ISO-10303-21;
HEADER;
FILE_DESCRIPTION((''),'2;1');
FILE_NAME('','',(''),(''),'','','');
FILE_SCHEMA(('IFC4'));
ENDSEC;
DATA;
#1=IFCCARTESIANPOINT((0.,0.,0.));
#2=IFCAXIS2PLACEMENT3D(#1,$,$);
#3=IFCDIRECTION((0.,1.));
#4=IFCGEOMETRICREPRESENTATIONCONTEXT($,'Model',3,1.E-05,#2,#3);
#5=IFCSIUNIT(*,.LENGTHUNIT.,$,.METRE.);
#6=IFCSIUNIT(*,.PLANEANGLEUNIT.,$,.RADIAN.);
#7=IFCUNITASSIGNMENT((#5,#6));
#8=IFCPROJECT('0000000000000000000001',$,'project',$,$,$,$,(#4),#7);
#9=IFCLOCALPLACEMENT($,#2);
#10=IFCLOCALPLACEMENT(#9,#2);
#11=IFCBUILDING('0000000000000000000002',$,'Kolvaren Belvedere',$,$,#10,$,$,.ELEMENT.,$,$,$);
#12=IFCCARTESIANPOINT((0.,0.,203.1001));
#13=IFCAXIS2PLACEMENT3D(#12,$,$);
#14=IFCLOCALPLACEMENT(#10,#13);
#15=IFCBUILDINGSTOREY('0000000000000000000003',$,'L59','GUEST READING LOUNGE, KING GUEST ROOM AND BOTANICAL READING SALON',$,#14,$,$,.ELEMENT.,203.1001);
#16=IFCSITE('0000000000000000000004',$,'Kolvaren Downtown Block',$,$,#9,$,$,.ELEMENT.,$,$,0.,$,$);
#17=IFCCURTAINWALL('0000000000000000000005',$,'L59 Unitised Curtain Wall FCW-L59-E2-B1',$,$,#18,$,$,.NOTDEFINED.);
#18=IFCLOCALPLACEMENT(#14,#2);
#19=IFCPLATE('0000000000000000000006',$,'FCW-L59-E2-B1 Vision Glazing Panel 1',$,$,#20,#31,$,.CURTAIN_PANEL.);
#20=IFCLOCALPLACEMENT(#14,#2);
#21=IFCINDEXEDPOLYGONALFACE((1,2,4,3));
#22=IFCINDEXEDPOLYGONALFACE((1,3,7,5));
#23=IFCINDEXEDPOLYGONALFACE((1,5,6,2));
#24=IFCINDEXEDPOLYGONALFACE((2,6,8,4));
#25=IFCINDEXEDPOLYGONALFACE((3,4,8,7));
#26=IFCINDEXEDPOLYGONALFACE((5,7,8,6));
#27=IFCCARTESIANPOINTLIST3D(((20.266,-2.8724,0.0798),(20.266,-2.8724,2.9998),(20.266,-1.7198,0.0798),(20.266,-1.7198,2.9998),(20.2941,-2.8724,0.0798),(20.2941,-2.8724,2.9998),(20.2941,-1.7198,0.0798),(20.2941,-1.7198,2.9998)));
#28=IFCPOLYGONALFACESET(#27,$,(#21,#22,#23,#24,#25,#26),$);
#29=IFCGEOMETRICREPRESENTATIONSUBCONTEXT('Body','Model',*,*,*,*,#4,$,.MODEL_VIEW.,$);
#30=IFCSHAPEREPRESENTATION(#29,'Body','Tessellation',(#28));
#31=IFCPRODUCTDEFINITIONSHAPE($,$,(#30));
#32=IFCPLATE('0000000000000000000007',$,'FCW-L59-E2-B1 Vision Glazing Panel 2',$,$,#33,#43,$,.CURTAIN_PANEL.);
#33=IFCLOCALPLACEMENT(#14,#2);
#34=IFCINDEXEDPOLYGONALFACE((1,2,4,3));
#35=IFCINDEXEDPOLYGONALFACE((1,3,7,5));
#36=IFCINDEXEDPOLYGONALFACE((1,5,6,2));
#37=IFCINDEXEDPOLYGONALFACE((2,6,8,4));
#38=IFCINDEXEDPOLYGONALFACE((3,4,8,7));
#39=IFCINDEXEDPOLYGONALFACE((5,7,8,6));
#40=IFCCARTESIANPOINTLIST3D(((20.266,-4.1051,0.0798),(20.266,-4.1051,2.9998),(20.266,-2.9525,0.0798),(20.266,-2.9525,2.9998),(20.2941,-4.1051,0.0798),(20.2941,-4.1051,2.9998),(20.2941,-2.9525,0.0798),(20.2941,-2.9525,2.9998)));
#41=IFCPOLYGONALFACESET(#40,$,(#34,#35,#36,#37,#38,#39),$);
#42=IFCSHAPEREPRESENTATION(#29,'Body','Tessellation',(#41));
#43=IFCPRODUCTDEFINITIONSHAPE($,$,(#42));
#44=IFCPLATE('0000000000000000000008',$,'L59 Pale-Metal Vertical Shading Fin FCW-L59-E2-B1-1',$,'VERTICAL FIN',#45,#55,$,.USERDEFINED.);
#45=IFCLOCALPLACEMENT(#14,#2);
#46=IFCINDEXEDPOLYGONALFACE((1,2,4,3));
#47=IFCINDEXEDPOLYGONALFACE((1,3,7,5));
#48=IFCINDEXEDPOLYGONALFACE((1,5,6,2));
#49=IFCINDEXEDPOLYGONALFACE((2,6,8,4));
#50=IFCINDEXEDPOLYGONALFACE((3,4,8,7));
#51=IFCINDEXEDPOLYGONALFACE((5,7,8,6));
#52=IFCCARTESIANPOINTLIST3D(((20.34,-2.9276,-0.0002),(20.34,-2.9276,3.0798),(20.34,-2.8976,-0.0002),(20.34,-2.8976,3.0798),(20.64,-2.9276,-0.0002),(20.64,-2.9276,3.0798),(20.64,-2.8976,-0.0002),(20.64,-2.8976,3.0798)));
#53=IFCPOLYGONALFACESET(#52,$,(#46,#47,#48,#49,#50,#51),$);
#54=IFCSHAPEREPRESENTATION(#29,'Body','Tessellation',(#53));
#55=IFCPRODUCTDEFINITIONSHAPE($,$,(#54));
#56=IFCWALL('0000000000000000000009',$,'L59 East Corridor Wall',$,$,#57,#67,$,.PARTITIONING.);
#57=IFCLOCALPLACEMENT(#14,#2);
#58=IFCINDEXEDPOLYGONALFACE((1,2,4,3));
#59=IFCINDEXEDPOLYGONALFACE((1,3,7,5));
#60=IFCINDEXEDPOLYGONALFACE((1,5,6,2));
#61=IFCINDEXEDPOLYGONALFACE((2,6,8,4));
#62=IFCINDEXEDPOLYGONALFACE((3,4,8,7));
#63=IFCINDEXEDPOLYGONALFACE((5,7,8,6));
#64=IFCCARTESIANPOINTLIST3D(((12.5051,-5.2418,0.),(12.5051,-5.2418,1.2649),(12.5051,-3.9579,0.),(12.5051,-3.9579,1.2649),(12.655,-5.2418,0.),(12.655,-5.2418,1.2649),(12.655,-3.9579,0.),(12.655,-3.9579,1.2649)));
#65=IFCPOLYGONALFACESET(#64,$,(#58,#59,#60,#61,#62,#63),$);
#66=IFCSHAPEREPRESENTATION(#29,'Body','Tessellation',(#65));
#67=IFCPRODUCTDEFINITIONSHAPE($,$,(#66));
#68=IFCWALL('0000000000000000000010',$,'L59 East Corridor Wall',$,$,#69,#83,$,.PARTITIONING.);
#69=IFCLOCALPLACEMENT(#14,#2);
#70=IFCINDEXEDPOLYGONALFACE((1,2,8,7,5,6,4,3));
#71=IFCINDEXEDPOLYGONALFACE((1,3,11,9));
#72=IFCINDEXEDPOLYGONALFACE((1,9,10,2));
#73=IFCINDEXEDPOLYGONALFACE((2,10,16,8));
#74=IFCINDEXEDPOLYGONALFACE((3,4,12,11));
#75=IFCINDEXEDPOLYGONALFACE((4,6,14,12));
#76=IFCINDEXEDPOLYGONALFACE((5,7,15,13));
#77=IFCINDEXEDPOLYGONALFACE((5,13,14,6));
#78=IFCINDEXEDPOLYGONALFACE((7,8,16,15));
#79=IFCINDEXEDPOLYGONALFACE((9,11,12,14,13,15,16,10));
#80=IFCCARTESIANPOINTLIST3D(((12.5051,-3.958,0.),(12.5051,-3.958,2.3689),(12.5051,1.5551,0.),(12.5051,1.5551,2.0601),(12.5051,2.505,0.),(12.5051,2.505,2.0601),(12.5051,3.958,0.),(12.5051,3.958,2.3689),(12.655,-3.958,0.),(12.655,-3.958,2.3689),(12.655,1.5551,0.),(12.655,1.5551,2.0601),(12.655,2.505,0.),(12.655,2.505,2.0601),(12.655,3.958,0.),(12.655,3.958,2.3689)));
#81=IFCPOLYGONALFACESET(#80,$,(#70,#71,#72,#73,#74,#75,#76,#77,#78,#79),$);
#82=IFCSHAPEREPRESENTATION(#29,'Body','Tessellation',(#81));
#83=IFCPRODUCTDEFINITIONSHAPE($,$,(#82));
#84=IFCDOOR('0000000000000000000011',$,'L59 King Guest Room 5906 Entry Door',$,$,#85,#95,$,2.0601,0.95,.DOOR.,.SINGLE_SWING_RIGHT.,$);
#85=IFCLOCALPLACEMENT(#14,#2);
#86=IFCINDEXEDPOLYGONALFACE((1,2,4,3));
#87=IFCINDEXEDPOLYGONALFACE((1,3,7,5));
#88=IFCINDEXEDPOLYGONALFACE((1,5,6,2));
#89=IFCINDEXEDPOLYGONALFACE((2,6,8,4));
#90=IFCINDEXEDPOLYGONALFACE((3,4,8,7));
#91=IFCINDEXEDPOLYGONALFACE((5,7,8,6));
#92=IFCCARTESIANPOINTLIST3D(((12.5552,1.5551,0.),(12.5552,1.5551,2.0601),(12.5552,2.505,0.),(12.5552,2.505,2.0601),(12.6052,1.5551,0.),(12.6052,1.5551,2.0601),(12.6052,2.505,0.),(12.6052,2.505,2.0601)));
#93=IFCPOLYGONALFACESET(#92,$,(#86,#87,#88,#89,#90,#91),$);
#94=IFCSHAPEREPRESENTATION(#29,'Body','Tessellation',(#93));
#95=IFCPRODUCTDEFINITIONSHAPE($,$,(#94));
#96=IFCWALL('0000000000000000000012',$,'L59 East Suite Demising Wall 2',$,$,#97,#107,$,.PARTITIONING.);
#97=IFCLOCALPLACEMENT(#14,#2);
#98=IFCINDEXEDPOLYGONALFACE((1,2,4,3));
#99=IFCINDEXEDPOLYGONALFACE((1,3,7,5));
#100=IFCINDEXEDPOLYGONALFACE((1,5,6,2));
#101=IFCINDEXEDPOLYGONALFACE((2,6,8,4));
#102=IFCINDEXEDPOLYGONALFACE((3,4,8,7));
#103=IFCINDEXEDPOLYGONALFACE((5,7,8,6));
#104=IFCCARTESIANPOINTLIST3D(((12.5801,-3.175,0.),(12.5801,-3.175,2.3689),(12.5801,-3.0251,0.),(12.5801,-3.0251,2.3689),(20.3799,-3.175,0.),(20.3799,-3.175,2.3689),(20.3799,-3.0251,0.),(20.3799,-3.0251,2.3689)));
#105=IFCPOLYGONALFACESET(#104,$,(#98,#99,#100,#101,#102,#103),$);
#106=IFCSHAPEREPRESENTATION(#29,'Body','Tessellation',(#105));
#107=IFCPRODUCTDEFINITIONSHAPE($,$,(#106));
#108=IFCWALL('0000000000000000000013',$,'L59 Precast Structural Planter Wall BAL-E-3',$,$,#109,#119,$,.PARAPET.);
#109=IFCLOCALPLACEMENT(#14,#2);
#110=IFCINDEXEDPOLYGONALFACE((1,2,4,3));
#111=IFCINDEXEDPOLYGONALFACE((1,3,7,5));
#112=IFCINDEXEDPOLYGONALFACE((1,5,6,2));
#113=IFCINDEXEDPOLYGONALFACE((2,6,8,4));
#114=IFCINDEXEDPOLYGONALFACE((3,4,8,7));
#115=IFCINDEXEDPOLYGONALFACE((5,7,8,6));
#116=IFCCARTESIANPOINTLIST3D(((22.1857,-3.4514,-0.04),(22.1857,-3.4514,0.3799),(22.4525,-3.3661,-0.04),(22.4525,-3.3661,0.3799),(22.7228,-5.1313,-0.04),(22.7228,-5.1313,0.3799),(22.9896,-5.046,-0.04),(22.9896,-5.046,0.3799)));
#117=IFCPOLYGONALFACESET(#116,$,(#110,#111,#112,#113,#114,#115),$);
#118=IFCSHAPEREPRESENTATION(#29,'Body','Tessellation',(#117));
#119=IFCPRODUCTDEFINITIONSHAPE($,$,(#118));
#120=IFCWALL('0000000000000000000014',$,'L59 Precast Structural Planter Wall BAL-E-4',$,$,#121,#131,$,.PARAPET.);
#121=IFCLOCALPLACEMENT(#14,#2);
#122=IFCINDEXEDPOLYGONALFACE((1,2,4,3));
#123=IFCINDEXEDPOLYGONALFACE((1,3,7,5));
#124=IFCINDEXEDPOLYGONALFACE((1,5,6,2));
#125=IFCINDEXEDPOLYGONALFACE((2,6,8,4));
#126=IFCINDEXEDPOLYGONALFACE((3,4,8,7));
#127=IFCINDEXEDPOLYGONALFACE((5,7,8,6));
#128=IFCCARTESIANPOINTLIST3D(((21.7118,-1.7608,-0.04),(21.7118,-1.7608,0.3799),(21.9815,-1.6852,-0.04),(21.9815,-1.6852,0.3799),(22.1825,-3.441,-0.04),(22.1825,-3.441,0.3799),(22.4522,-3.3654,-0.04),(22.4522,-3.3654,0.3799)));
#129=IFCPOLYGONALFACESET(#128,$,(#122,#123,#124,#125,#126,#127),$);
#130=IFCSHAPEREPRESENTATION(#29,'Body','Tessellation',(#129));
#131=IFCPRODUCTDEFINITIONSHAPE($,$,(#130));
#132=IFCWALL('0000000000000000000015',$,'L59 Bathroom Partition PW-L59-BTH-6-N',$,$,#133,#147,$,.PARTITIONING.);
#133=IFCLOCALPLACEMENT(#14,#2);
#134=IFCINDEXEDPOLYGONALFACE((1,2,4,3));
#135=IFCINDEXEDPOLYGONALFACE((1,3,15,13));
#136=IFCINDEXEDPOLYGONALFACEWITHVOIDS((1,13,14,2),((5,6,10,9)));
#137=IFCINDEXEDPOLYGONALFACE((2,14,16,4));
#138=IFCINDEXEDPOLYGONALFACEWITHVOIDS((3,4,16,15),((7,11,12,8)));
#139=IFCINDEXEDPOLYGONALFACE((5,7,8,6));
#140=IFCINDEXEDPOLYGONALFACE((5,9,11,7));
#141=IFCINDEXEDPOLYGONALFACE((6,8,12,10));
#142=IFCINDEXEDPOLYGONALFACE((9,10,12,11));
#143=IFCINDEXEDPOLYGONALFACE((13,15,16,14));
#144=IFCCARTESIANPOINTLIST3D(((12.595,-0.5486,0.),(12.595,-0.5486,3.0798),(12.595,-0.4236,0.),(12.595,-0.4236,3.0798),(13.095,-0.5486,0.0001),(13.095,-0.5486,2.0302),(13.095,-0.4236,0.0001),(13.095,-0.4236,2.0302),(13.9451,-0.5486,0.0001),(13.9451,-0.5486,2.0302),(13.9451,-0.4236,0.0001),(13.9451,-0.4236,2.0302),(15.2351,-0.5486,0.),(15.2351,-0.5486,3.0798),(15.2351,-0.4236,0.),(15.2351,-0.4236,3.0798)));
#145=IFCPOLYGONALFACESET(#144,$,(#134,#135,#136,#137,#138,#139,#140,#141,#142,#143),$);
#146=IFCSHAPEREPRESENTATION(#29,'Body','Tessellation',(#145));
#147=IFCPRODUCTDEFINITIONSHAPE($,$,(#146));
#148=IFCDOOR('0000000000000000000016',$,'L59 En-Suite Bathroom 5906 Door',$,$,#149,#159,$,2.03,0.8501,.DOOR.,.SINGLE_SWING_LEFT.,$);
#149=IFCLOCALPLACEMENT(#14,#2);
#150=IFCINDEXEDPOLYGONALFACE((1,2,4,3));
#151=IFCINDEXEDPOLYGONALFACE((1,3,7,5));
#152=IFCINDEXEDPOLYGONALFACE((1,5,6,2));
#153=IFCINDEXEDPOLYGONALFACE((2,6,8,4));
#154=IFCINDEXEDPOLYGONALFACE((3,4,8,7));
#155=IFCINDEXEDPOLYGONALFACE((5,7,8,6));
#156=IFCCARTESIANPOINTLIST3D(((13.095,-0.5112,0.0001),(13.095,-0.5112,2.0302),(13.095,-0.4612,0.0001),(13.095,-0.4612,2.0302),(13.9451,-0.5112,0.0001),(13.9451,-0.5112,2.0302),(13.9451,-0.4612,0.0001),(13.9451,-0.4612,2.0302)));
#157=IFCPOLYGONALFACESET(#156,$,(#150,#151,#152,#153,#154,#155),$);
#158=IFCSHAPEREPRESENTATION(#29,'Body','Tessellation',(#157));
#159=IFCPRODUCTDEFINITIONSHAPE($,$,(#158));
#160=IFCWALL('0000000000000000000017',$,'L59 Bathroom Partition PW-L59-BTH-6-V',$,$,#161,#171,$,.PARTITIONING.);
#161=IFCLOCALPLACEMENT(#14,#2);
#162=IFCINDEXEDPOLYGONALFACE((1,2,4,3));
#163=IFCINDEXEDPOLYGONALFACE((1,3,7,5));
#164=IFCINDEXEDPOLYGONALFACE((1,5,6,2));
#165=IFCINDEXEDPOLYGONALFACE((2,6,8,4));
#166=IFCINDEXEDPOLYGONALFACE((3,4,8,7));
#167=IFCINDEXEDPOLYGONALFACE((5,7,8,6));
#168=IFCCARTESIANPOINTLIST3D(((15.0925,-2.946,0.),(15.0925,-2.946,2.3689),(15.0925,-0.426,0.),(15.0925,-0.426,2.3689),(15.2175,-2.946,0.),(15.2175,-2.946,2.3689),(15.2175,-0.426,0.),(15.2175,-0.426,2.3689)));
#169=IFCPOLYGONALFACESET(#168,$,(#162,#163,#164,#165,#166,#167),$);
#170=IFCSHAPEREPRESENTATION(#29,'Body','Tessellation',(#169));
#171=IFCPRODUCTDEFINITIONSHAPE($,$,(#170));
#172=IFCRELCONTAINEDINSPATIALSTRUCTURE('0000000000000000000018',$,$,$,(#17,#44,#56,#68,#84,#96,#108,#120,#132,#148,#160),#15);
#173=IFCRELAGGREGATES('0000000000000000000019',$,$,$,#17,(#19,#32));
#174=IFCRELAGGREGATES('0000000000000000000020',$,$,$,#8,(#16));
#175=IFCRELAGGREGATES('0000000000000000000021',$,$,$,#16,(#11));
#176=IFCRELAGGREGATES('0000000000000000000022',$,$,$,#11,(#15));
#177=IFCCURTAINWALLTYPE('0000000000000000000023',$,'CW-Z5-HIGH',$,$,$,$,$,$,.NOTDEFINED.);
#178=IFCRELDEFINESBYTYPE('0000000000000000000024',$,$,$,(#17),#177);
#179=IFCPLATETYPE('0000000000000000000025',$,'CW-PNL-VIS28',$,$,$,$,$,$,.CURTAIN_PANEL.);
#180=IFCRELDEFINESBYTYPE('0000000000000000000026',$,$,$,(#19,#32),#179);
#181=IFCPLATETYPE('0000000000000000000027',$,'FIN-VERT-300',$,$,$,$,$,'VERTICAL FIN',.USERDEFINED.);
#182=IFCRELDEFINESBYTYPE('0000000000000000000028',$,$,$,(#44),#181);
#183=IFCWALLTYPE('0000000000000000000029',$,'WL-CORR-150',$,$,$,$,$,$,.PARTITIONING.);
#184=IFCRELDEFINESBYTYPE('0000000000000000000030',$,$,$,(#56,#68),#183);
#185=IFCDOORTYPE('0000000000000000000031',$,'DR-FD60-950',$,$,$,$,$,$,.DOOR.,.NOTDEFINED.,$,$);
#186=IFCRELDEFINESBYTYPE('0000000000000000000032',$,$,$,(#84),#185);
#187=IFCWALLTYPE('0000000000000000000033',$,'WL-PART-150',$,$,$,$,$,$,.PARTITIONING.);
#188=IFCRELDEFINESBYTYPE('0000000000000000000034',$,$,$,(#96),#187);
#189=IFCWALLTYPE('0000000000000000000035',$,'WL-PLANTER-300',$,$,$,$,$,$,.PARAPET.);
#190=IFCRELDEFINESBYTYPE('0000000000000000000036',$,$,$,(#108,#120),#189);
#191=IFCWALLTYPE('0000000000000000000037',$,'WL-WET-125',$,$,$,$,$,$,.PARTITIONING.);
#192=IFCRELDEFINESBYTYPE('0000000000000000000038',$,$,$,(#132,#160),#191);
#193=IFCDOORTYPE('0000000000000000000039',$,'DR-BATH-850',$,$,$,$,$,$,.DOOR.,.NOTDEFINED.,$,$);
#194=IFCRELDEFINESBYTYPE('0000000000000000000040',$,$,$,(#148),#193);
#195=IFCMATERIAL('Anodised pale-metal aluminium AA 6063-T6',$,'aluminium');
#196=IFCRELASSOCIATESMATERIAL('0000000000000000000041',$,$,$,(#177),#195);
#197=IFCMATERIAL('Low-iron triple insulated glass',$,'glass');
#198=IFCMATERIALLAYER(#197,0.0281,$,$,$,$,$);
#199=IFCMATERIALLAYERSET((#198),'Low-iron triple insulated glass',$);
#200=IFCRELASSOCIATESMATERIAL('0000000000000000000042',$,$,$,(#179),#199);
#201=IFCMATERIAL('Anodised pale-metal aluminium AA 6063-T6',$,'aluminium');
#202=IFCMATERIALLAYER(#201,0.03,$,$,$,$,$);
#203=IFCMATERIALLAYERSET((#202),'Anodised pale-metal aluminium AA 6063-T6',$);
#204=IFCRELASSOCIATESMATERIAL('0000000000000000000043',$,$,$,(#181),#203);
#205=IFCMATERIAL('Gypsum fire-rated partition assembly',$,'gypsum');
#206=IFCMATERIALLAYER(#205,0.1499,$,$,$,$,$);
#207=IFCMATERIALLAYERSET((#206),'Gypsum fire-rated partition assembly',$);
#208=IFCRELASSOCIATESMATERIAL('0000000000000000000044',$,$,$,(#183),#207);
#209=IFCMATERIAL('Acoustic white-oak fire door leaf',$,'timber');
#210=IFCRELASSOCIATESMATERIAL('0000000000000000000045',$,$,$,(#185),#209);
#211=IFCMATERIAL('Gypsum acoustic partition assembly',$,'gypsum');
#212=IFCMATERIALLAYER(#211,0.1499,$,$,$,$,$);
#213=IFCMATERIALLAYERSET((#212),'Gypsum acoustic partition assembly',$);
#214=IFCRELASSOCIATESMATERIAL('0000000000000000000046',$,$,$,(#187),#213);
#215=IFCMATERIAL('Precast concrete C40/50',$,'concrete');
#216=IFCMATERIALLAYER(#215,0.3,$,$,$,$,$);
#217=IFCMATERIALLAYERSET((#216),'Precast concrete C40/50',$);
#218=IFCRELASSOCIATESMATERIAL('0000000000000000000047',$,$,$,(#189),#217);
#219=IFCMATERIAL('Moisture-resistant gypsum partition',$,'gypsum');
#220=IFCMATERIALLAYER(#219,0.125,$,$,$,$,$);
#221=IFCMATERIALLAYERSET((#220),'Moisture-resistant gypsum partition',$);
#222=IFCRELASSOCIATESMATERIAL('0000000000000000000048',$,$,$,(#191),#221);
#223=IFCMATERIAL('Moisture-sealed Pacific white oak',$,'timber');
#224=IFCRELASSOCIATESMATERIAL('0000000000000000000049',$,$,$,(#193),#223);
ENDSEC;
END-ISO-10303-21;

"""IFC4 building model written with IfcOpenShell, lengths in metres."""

from ifc_helpers import new_model, si_unit, direction, frame, frame_2d, origin, origin_2d, place, context, subcontext, project, spatial, rectangle, extrude, material, layer, layer_set, type_object, element, fill, aggregate, save


model = new_model("IFC4")

# Units and contexts
model_context = context("Model", 3, precision=1e-05, world=origin(), true_north=direction((0.0, 1.0)))
body_context = subcontext(model_context, "Body", "Model", "MODEL_VIEW")
ifc_project = project(units=[si_unit("LENGTHUNIT", "METRE"), si_unit("PLANEANGLEUNIT", "RADIAN")], contexts=[model_context])

# Site, building, storey
site_placement = place(None, origin())
site = spatial("IfcSite", under=ifc_project, at=site_placement, Name="Kolvaren Downtown Block", CompositionType="ELEMENT", RefElevation=0.0)
building_placement = place(site_placement, origin())
building = spatial("IfcBuilding", under=site, at=building_placement, Name="Kolvaren Belvedere", CompositionType="ELEMENT")
storey_placement = place(building_placement, frame((0.0, 0.0, 203.1001)))
storey = spatial("IfcBuildingStorey", under=building, at=storey_placement, Name="L59", Description="GUEST READING LOUNGE, KING GUEST ROOM AND BOTANICAL READING SALON", CompositionType="ELEMENT", Elevation=203.1001)

# Curtain wall
ifc_material_1 = material(Name="Anodised pale-metal aluminium AA 6063-T6", Category="aluminium")
curtain_wall_type = type_object("IfcCurtainWallType", Name="CW-Z5-HIGH", PredefinedType="NOTDEFINED", material=ifc_material_1)
curtain_wall_1_placement = place(storey_placement, origin())
curtain_wall_1 = element("IfcCurtainWall", 1, at=curtain_wall_1_placement, inside=storey, type_object=curtain_wall_type, Name="L59 Unitised Curtain Wall FCW-L59-E2-B1", PredefinedType="NOTDEFINED")

# Plates
ifc_material_2 = material(Name="Low-iron triple insulated glass", Category="glass")
ifc_layer_1 = layer(ifc_material_2, 0.0281)
ifc_layer_set_1 = layer_set([ifc_layer_1], Name="Low-iron triple insulated glass")
plate_type_1 = type_object("IfcPlateType", Name="CW-PNL-VIS28", PredefinedType="CURTAIN_PANEL", material=ifc_layer_set_1)
plate_1_placement = place(storey_placement, frame((20.28, -2.2961, 0.0798), z_axis=(0.0, 0.0, 1.0), x_axis=(0.0, -1.0, 0.0)))
plate_1 = element("IfcPlate", 2, at=plate_1_placement, type_object=plate_type_1, Name="FCW-L59-E2-B1 Vision Glazing Panel 1", PredefinedType="CURTAIN_PANEL", context=body_context, shape_type="SweptSolid", body=[
    extrude(rectangle(XDim=1.1526, YDim=0.0281, at=origin_2d()), origin(), (0.0, 0.0, 1.0), 2.9199),
])
plate_2_placement = place(storey_placement, frame((20.28, -3.5288, 0.0798), z_axis=(0.0, 0.0, 1.0), x_axis=(0.0, -1.0, 0.0)))
plate_2 = element("IfcPlate", 3, at=plate_2_placement, type_object=plate_type_1, Name="FCW-L59-E2-B1 Vision Glazing Panel 2", PredefinedType="CURTAIN_PANEL", context=body_context, shape_type="SweptSolid", body=[
    extrude(rectangle(XDim=1.1526, YDim=0.0281, at=origin_2d()), origin(), (0.0, 0.0, 1.0), 2.9199),
])
aggregate(curtain_wall_1, [plate_1, plate_2])
ifc_material_3 = material(Name="Anodised pale-metal aluminium AA 6063-T6", Category="aluminium")
ifc_layer_2 = layer(ifc_material_3, 0.03)
ifc_layer_set_2 = layer_set([ifc_layer_2], Name="Anodised pale-metal aluminium AA 6063-T6")
plate_type_2 = type_object("IfcPlateType", Name="FIN-VERT-300", ElementType="VERTICAL FIN", PredefinedType="USERDEFINED", material=ifc_layer_set_2)
plate_3_placement = place(storey_placement, frame((20.49, -2.9126, -0.0002), z_axis=(0.0, 0.0, 1.0), x_axis=(1.0, 0.0, 0.0)))
element("IfcPlate", 4, at=plate_3_placement, inside=storey, type_object=plate_type_2, Name="L59 Pale-Metal Vertical Shading Fin FCW-L59-E2-B1-1", ObjectType="VERTICAL FIN", PredefinedType="USERDEFINED", context=body_context, shape_type="SweptSolid", body=[
    extrude(rectangle(XDim=0.3, YDim=0.03, at=origin_2d()), origin(), (0.0, 0.0, 1.0), 3.0801),
])

# Wall
ifc_material_4 = material(Name="Gypsum fire-rated partition assembly", Category="gypsum")
ifc_layer_3 = layer(ifc_material_4, 0.1499)
ifc_layer_set_3 = layer_set([ifc_layer_3], Name="Gypsum fire-rated partition assembly")
wall_type_1 = type_object("IfcWallType", Name="WL-CORR-150", PredefinedType="PARTITIONING", material=ifc_layer_set_3)
wall_1_placement = place(storey_placement, frame((12.5801, -5.2419, 0.0), z_axis=(0.0, 0.0, 1.0), x_axis=(0.0, 1.0, 0.0)))
element("IfcWall", 5, at=wall_1_placement, inside=storey, type_object=wall_type_1, Name="L59 East Corridor Wall", PredefinedType="PARTITIONING", context=body_context, shape_type="SweptSolid", body=[
    extrude(rectangle(XDim=1.2839, YDim=0.1499, at=frame_2d((0.6421, 0.0))), origin(), (0.0, 0.0, 1.0), 1.2649),
])

# Wall, opening, door
wall_2_placement = place(storey_placement, frame((12.5801, -3.958, 0.0), z_axis=(0.0, 0.0, 1.0), x_axis=(0.0, 1.0, 0.0)))
wall_2 = element("IfcWall", 6, at=wall_2_placement, inside=storey, type_object=wall_type_1, Name="L59 East Corridor Wall", PredefinedType="PARTITIONING", context=body_context, shape_type="SweptSolid", body=[
    extrude(rectangle(XDim=7.916, YDim=0.1499, at=frame_2d((3.958, 0.0))), origin(), (0.0, 0.0, 1.0), 2.3689),
])
opening_1_placement = place(wall_2_placement, frame((5.5129, 0.0, 0.0)))
opening_1 = element("IfcOpeningElement", 7, at=opening_1_placement, cuts=wall_2, PredefinedType="OPENING", context=body_context, shape_type="SweptSolid", body=[
    extrude(rectangle(XDim=0.95, YDim=2.0601, at=frame_2d((0.4751, 1.03))), frame((0.0, 0.085, 0.0), z_axis=(0.0, -1.0, 0.0), x_axis=(1.0, 0.0, 0.0)), (0.0, 0.0, 1.0), 0.1699),
])
ifc_material_5 = material(Name="Acoustic white-oak fire door leaf", Category="timber")
door_type_1 = type_object("IfcDoorType", Name="DR-FD60-950", OperationType="NOTDEFINED", PredefinedType="DOOR", material=ifc_material_5)
door_1_placement = place(opening_1_placement, origin())
door_1 = element("IfcDoor", 8, at=door_1_placement, inside=storey, type_object=door_type_1, Name="L59 King Guest Room 5906 Entry Door", OperationType="SINGLE_SWING_RIGHT", OverallHeight=2.0601, OverallWidth=0.95, PredefinedType="DOOR", context=body_context, shape_type="SweptSolid", body=[
    extrude(rectangle(XDim=0.95, YDim=2.0601, at=frame_2d((0.4751, 1.03))), frame((0.0, 0.0249, 0.0), z_axis=(0.0, -1.0, 0.0), x_axis=(1.0, 0.0, 0.0)), (0.0, 0.0, 1.0), 0.05),
])
fill(opening_1, door_1)

# Walls
ifc_material_6 = material(Name="Gypsum acoustic partition assembly", Category="gypsum")
ifc_layer_4 = layer(ifc_material_6, 0.1499)
ifc_layer_set_4 = layer_set([ifc_layer_4], Name="Gypsum acoustic partition assembly")
wall_type_2 = type_object("IfcWallType", Name="WL-PART-150", PredefinedType="PARTITIONING", material=ifc_layer_set_4)
wall_3_placement = place(storey_placement, frame((12.5801, -3.1001, 0.0), z_axis=(0.0, 0.0, 1.0), x_axis=(1.0, 0.0, 0.0)))
element("IfcWall", 9, at=wall_3_placement, inside=storey, type_object=wall_type_2, Name="L59 East Suite Demising Wall 2", PredefinedType="PARTITIONING", context=body_context, shape_type="SweptSolid", body=[
    extrude(rectangle(XDim=7.7998, YDim=0.1499, at=frame_2d((3.8999, 0.0))), origin(), (0.0, 0.0, 1.0), 2.3689),
])
ifc_material_7 = material(Name="Precast concrete C40/50", Category="concrete")
ifc_layer_5 = layer(ifc_material_7, 0.3)
ifc_layer_set_5 = layer_set([ifc_layer_5], Name="Precast concrete C40/50")
wall_type_3 = type_object("IfcWallType", Name="WL-PLANTER-300", PredefinedType="PARAPET", material=ifc_layer_set_5)
wall_4_placement = place(storey_placement, frame((22.8562, -5.0886, -0.04), z_axis=(0.0, 0.0, 1.0), x_axis=(-0.304535, 0.952501, 0.0)))
element("IfcWall", 10, at=wall_4_placement, inside=storey, type_object=wall_type_3, Name="L59 Precast Structural Planter Wall BAL-E-3", PredefinedType="PARAPET", context=body_context, shape_type="SweptSolid", body=[
    extrude(rectangle(XDim=1.7637, YDim=0.28, at=frame_2d((0.8818, 0.0))), origin(), (0.0, 0.0, 1.0), 0.4199),
])
wall_5_placement = place(storey_placement, frame((22.3174, -3.4033, -0.04), z_axis=(0.0, 0.0, 1.0), x_axis=(-0.269765, 0.962926, 0.0)))
element("IfcWall", 11, at=wall_5_placement, inside=storey, type_object=wall_type_3, Name="L59 Precast Structural Planter Wall BAL-E-4", PredefinedType="PARAPET", context=body_context, shape_type="SweptSolid", body=[
    extrude(rectangle(XDim=1.7449, YDim=0.28, at=frame_2d((0.8726, 0.0))), origin(), (0.0, 0.0, 1.0), 0.4199),
])

# Wall, opening, door
ifc_material_8 = material(Name="Moisture-resistant gypsum partition", Category="gypsum")
ifc_layer_6 = layer(ifc_material_8, 0.125)
ifc_layer_set_6 = layer_set([ifc_layer_6], Name="Moisture-resistant gypsum partition")
wall_type_4 = type_object("IfcWallType", Name="WL-WET-125", PredefinedType="PARTITIONING", material=ifc_layer_set_6)
wall_6_placement = place(storey_placement, frame((12.595, -0.4861, 0.0), z_axis=(0.0, 0.0, 1.0), x_axis=(1.0, 0.0, 0.0)))
wall_6 = element("IfcWall", 12, at=wall_6_placement, inside=storey, type_object=wall_type_4, Name="L59 Bathroom Partition PW-L59-BTH-6-N", PredefinedType="PARTITIONING", context=body_context, shape_type="SweptSolid", body=[
    extrude(rectangle(XDim=2.6401, YDim=0.125, at=frame_2d((1.3201, 0.0))), origin(), (0.0, 0.0, 1.0), 3.0798),
])
opening_2_placement = place(wall_6_placement, frame((0.5, 0.0, 0.0)))
opening_2 = element("IfcOpeningElement", 13, at=opening_2_placement, cuts=wall_6, PredefinedType="OPENING", context=body_context, shape_type="SweptSolid", body=[
    extrude(rectangle(XDim=0.8501, YDim=2.03, at=frame_2d((0.425, 1.0151))), frame((0.0, 0.0725, 0.0), z_axis=(0.0, -1.0, 0.0), x_axis=(1.0, 0.0, 0.0)), (0.0, 0.0, 1.0), 0.145),
])
ifc_material_9 = material(Name="Moisture-sealed Pacific white oak", Category="timber")
door_type_2 = type_object("IfcDoorType", Name="DR-BATH-850", OperationType="NOTDEFINED", PredefinedType="DOOR", material=ifc_material_9)
door_2_placement = place(opening_2_placement, origin())
door_2 = element("IfcDoor", 14, at=door_2_placement, inside=storey, type_object=door_type_2, Name="L59 En-Suite Bathroom 5906 Door", OperationType="SINGLE_SWING_LEFT", OverallHeight=2.03, OverallWidth=0.8501, PredefinedType="DOOR", context=body_context, shape_type="SweptSolid", body=[
    extrude(rectangle(XDim=0.8501, YDim=2.03, at=frame_2d((0.425, 1.0151))), frame((0.0, 0.0249, 0.0), z_axis=(0.0, -1.0, 0.0), x_axis=(1.0, 0.0, 0.0)), (0.0, 0.0, 1.0), 0.05),
])
fill(opening_2, door_2)

# Wall
wall_7_placement = place(storey_placement, frame((15.155, -2.946, 0.0), z_axis=(0.0, 0.0, 1.0), x_axis=(0.0, 1.0, 0.0)))
element("IfcWall", 15, at=wall_7_placement, inside=storey, type_object=wall_type_4, Name="L59 Bathroom Partition PW-L59-BTH-6-V", PredefinedType="PARTITIONING", context=body_context, shape_type="SweptSolid", body=[
    extrude(rectangle(XDim=2.52, YDim=0.125, at=frame_2d((1.26, 0.0))), origin(), (0.0, 0.0, 1.0), 2.3689),
])

save(model, "model.ifc")
